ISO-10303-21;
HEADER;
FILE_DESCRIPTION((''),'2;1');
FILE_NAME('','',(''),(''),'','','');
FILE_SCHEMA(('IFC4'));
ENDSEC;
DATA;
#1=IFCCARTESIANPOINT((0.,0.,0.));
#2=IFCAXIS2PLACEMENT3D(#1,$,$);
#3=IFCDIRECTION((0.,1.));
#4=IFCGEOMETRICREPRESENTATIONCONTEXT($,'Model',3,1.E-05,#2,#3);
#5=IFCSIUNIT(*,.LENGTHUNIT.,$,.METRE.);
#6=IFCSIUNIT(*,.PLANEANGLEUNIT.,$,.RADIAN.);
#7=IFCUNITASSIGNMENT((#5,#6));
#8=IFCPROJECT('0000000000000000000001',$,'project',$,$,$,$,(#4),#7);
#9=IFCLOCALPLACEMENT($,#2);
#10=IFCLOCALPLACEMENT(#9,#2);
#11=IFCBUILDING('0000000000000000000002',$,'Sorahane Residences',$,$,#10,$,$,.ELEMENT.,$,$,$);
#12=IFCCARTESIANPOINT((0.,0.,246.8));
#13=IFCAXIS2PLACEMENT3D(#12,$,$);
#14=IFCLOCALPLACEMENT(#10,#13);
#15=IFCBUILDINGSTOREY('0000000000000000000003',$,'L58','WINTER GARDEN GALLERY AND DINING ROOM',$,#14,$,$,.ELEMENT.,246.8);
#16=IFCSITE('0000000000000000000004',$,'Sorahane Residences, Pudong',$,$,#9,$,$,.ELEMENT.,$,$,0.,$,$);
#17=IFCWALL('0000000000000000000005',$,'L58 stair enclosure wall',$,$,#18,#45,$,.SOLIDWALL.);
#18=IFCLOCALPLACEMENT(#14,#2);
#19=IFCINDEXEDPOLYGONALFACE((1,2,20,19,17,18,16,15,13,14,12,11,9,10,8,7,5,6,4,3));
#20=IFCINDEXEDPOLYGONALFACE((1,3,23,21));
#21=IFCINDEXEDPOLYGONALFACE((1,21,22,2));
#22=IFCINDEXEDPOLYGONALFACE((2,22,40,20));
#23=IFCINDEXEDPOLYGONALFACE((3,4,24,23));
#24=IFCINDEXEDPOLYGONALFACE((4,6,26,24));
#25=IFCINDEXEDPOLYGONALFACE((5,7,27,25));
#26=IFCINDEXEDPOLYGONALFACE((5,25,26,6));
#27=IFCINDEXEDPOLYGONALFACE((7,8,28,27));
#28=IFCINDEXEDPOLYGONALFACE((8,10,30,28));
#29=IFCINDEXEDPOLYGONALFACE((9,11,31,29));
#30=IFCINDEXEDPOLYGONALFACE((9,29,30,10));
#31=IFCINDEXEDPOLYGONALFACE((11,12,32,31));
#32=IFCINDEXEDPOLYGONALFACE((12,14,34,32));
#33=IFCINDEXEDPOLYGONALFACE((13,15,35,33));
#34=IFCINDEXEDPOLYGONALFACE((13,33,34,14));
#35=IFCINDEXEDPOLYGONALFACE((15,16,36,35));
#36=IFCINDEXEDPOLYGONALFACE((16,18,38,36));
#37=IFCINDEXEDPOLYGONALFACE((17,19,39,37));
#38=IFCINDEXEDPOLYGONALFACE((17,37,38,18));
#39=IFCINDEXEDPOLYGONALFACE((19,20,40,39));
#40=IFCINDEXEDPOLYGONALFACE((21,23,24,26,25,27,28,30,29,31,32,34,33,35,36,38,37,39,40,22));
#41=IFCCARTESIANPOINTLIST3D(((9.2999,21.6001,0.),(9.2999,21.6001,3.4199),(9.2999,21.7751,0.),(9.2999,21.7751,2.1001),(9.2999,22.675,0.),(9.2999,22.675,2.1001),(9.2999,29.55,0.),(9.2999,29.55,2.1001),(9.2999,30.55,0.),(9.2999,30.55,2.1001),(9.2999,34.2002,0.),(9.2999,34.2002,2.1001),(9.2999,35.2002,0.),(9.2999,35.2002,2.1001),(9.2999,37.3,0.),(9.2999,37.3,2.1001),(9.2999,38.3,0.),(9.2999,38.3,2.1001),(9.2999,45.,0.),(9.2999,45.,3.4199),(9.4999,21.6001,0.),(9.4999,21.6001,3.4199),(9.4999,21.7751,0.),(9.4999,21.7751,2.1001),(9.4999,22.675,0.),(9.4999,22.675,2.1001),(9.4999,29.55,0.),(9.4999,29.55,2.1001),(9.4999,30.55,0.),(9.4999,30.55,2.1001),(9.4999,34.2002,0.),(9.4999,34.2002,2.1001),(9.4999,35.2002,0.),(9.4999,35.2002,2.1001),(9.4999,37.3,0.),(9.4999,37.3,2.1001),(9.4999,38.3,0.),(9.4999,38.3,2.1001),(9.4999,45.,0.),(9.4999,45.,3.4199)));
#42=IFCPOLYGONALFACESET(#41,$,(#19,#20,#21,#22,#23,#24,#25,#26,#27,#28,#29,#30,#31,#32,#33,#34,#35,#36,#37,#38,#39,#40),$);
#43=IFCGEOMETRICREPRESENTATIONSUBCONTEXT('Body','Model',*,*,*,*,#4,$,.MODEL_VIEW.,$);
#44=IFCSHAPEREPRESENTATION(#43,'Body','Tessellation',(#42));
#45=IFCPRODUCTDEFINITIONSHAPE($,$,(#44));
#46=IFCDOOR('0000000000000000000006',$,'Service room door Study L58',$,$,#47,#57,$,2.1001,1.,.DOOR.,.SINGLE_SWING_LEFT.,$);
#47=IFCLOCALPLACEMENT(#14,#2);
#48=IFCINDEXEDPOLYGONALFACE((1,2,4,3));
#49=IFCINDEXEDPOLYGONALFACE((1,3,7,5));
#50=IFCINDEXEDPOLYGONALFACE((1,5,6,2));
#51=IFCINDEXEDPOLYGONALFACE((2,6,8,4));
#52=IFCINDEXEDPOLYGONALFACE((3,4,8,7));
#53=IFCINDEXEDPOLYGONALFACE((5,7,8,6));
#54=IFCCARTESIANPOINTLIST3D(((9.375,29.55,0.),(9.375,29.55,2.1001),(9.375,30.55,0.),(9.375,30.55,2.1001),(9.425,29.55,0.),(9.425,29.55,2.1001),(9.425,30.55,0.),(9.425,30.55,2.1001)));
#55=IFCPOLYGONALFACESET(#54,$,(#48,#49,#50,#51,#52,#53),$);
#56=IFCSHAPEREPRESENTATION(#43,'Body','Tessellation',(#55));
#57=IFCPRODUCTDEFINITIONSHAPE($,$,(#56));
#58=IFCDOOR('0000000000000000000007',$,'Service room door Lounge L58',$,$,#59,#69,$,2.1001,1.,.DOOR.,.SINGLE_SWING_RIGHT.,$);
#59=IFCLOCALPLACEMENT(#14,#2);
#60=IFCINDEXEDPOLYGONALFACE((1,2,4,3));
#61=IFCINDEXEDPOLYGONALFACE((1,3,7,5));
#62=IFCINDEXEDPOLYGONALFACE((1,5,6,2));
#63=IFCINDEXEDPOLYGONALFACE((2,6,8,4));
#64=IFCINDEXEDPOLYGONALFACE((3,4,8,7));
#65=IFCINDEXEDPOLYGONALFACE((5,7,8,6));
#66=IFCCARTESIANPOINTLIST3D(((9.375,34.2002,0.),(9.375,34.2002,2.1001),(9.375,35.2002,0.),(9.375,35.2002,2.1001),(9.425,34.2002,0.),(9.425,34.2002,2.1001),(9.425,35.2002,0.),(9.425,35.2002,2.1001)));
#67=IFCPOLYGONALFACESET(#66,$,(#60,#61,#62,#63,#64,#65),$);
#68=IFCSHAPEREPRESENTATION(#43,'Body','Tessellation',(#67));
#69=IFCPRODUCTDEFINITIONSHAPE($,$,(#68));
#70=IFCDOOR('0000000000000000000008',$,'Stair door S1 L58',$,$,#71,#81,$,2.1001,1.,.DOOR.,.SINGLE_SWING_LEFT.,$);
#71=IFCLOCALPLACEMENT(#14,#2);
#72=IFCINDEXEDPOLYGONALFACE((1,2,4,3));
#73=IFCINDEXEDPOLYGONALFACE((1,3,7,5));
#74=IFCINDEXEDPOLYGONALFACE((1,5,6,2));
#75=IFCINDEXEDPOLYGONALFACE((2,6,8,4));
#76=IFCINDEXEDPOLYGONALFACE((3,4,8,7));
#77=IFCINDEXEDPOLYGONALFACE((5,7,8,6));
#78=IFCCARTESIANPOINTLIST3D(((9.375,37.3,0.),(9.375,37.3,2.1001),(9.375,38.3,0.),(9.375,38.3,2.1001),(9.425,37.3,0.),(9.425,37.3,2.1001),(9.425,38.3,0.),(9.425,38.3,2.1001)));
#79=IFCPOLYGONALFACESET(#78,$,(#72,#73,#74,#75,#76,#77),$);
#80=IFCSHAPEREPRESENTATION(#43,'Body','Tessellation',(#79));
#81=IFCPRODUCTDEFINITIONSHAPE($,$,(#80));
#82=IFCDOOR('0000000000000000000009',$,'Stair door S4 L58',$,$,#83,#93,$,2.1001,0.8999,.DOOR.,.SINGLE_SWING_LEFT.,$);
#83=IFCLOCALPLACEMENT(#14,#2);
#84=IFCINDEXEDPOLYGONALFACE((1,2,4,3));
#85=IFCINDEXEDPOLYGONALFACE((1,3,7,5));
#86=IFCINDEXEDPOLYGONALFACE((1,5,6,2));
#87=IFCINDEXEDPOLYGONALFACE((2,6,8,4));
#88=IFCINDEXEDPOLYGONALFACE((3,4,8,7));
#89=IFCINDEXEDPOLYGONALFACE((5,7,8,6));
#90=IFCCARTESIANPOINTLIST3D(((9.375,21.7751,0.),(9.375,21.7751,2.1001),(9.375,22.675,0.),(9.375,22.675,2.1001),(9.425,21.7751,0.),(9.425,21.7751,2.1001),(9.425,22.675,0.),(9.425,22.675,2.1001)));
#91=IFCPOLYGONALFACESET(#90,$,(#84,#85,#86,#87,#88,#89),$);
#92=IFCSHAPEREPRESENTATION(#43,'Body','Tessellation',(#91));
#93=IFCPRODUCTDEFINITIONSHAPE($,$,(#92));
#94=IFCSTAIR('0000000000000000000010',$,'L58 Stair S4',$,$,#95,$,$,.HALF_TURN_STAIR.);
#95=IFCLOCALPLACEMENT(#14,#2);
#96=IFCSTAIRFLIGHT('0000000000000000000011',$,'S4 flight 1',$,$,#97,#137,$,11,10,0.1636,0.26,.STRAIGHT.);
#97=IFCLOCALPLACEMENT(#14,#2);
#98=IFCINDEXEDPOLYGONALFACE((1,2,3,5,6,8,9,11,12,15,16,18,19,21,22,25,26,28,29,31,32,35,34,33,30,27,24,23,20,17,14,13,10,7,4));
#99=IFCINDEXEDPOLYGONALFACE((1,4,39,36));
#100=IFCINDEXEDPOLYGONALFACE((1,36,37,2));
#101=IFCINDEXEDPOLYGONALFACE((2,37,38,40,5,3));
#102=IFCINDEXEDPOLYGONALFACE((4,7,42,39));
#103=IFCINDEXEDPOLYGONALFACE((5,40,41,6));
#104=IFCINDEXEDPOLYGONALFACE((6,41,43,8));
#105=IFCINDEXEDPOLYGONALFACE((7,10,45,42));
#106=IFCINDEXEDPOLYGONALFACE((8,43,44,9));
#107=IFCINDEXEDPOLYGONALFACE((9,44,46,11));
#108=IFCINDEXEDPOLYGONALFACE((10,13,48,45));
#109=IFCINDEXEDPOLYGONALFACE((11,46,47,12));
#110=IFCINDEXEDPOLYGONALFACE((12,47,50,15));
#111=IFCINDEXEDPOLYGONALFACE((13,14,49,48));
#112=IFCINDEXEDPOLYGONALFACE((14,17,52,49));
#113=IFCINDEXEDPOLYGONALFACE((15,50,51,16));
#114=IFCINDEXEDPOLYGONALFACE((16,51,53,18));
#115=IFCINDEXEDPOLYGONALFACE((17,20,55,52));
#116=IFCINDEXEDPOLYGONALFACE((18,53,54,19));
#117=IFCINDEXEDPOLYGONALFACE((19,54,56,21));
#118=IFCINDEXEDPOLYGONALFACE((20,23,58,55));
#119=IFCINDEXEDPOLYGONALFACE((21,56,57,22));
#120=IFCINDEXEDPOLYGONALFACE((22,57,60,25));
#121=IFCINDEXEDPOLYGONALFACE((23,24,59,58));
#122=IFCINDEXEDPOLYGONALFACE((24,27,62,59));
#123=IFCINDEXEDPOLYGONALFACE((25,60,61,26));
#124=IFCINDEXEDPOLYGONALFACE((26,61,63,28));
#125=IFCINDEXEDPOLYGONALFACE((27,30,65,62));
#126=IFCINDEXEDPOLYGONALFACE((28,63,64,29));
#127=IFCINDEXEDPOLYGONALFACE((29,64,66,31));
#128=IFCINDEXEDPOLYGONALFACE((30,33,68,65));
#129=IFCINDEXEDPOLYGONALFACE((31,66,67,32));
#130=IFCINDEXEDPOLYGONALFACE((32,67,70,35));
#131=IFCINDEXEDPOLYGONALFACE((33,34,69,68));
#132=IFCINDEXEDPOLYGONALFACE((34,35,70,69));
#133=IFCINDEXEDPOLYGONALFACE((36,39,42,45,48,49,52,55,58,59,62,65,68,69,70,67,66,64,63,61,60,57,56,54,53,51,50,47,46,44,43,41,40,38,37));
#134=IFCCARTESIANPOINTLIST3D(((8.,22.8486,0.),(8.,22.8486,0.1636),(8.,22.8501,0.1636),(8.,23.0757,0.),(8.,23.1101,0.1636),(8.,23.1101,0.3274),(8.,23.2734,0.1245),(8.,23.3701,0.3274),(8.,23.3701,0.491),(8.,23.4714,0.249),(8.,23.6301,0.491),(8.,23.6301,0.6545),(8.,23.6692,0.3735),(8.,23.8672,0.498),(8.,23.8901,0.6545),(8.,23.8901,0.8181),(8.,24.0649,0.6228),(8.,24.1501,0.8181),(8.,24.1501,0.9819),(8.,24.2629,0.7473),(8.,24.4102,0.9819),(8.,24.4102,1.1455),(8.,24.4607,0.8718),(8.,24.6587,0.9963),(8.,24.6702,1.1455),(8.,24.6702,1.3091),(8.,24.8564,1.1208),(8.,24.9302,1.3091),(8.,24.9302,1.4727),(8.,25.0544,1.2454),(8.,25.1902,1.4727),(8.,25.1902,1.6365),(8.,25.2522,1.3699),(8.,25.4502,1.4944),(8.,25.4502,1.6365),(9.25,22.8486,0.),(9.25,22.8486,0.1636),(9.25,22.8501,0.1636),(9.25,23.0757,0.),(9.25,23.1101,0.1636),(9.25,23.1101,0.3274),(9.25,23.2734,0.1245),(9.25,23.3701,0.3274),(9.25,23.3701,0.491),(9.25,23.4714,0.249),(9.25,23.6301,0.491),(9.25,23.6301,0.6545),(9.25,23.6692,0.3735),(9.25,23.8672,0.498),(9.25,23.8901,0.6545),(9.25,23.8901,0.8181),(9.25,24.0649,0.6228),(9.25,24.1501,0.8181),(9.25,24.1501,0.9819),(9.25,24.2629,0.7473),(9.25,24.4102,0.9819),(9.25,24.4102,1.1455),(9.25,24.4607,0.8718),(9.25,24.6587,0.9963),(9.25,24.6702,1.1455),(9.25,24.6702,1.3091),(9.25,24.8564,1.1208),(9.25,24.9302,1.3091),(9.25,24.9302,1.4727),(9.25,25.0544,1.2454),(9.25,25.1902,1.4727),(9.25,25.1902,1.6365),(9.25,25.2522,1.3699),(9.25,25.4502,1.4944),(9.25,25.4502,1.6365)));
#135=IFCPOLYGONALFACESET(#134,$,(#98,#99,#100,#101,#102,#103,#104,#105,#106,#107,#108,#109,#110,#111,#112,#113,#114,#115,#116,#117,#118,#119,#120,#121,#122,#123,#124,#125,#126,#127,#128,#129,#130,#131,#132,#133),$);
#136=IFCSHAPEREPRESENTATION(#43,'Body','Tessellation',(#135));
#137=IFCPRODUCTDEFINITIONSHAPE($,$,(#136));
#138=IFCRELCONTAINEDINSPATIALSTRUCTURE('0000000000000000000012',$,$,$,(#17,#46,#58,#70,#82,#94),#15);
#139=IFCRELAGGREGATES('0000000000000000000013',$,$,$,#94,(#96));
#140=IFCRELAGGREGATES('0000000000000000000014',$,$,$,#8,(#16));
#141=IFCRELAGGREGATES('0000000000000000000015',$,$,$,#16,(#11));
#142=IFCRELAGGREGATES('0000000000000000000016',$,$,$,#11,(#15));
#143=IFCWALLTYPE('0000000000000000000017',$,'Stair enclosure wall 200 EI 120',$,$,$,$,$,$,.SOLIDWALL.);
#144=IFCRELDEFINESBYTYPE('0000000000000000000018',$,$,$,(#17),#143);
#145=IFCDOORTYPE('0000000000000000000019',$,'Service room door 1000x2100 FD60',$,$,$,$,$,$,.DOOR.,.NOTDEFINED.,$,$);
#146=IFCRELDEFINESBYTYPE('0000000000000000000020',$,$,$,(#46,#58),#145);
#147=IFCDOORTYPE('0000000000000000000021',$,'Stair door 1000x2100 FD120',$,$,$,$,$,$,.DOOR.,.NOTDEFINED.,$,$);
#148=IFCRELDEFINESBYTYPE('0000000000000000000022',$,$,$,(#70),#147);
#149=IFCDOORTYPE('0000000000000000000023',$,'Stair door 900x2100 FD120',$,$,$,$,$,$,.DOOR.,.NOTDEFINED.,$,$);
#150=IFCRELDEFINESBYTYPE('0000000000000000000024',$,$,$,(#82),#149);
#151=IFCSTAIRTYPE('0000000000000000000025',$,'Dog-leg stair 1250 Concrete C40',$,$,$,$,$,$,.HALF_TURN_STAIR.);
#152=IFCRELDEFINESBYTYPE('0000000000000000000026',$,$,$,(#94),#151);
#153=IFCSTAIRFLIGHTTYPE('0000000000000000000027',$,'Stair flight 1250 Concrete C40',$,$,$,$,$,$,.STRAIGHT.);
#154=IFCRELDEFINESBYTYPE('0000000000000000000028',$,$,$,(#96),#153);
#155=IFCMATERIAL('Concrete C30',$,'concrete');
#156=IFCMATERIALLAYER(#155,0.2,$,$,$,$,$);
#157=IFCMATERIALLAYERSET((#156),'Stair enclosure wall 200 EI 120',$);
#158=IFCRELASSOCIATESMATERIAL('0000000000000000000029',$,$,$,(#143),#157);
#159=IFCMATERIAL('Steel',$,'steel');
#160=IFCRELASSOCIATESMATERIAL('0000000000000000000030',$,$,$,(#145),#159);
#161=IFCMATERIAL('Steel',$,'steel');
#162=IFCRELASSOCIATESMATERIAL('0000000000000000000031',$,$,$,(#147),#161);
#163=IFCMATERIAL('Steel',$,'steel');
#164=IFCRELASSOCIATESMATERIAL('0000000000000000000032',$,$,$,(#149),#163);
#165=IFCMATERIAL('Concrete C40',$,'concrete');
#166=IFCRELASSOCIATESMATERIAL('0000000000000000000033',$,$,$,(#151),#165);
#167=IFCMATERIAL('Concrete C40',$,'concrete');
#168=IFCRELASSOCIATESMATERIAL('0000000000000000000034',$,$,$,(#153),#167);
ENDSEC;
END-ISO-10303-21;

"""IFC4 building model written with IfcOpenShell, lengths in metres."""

from ifc_helpers import new_model, si_unit, direction, frame, frame_2d, origin, place, context, subcontext, project, spatial, polyline, rectangle, outline, extrude, material, layer, layer_set, type_object, element, fill, aggregate, save


model = new_model("IFC4")

# Units and contexts
model_context = context("Model", 3, precision=1e-05, world=origin(), true_north=direction((0.0, 1.0)))
body_context = subcontext(model_context, "Body", "Model", "MODEL_VIEW")
ifc_project = project(units=[si_unit("LENGTHUNIT", "METRE"), si_unit("PLANEANGLEUNIT", "RADIAN")], contexts=[model_context])

# Site, building, storey
site_placement = place(None, origin())
site = spatial("IfcSite", under=ifc_project, at=site_placement, Name="Sorahane Residences, Pudong", CompositionType="ELEMENT", RefElevation=0.0)
building_placement = place(site_placement, origin())
building = spatial("IfcBuilding", under=site, at=building_placement, Name="Sorahane Residences", CompositionType="ELEMENT")
storey_placement = place(building_placement, frame((0.0, 0.0, 246.8)))
storey = spatial("IfcBuildingStorey", under=building, at=storey_placement, Name="L58", Description="WINTER GARDEN GALLERY AND DINING ROOM", CompositionType="ELEMENT", Elevation=246.8)

# Wall, openings, doors
ifc_material_1 = material(Name="Concrete C30", Category="concrete")
ifc_layer_1 = layer(ifc_material_1, 0.2)
ifc_layer_set_1 = layer_set([ifc_layer_1], Name="Stair enclosure wall 200 EI 120")
wall_type_1 = type_object("IfcWallType", Name="Stair enclosure wall 200 EI 120", PredefinedType="SOLIDWALL", material=ifc_layer_set_1)
wall_1_placement = place(storey_placement, frame((9.3999, 21.6001, 0.0), z_axis=(0.0, 0.0, 1.0), x_axis=(0.0, 1.0, 0.0)))
wall_1 = element("IfcWall", 1, at=wall_1_placement, inside=storey, type_object=wall_type_1, Name="L58 stair enclosure wall", PredefinedType="SOLIDWALL", context=body_context, shape_type="SweptSolid", body=[
    extrude(rectangle(XDim=23.3999, YDim=0.2, at=frame_2d((11.7, 0.0))), origin(), (0.0, 0.0, 1.0), 3.4199),
])
opening_1_placement = place(wall_1_placement, frame((7.95, 0.0, 0.0)))
opening_1 = element("IfcOpeningElement", 2, at=opening_1_placement, cuts=wall_1, PredefinedType="OPENING", context=body_context, shape_type="SweptSolid", body=[
    extrude(rectangle(XDim=1.0, YDim=2.1001, at=frame_2d((0.5, 1.05))), frame((0.0, 0.1099, 0.0), z_axis=(0.0, -1.0, 0.0), x_axis=(1.0, 0.0, 0.0)), (0.0, 0.0, 1.0), 0.22),
])
opening_2_placement = place(wall_1_placement, frame((12.6001, 0.0, 0.0)))
opening_2 = element("IfcOpeningElement", 3, at=opening_2_placement, cuts=wall_1, PredefinedType="OPENING", context=body_context, shape_type="SweptSolid", body=[
    extrude(rectangle(XDim=1.0, YDim=2.1001, at=frame_2d((0.5, 1.05))), frame((0.0, 0.1099, 0.0), z_axis=(0.0, -1.0, 0.0), x_axis=(1.0, 0.0, 0.0)), (0.0, 0.0, 1.0), 0.22),
])
opening_3_placement = place(wall_1_placement, frame((15.7, 0.0, 0.0)))
opening_3 = element("IfcOpeningElement", 4, at=opening_3_placement, cuts=wall_1, PredefinedType="OPENING", context=body_context, shape_type="SweptSolid", body=[
    extrude(rectangle(XDim=1.0, YDim=2.1001, at=frame_2d((0.5, 1.05))), frame((0.0, 0.1099, 0.0), z_axis=(0.0, -1.0, 0.0), x_axis=(1.0, 0.0, 0.0)), (0.0, 0.0, 1.0), 0.22),
])
opening_4_placement = place(wall_1_placement, frame((0.175, 0.0, 0.0)))
opening_4 = element("IfcOpeningElement", 5, at=opening_4_placement, cuts=wall_1, PredefinedType="OPENING", context=body_context, shape_type="SweptSolid", body=[
    extrude(rectangle(XDim=0.8999, YDim=2.1001, at=frame_2d((0.45, 1.05))), frame((0.0, 0.1099, 0.0), z_axis=(0.0, -1.0, 0.0), x_axis=(1.0, 0.0, 0.0)), (0.0, 0.0, 1.0), 0.22),
])
ifc_material_2 = material(Name="Steel", Category="steel")
door_type_1 = type_object("IfcDoorType", Name="Service room door 1000x2100 FD60", OperationType="NOTDEFINED", PredefinedType="DOOR", material=ifc_material_2)
door_1_placement = place(opening_1_placement, origin())
door_1 = element("IfcDoor", 6, at=door_1_placement, inside=storey, type_object=door_type_1, Name="Service room door Study L58", OperationType="SINGLE_SWING_LEFT", OverallHeight=2.1001, OverallWidth=1.0, PredefinedType="DOOR", context=body_context, shape_type="SweptSolid", body=[
    extrude(rectangle(XDim=1.0, YDim=2.1001, at=frame_2d((0.5, 1.05))), frame((0.0, 0.0249, 0.0), z_axis=(0.0, -1.0, 0.0), x_axis=(1.0, 0.0, 0.0)), (0.0, 0.0, 1.0), 0.05),
])
fill(opening_1, door_1)
door_2_placement = place(opening_2_placement, origin())
door_2 = element("IfcDoor", 7, at=door_2_placement, inside=storey, type_object=door_type_1, Name="Service room door Lounge L58", OperationType="SINGLE_SWING_RIGHT", OverallHeight=2.1001, OverallWidth=1.0, PredefinedType="DOOR", context=body_context, shape_type="SweptSolid", body=[
    extrude(rectangle(XDim=1.0, YDim=2.1001, at=frame_2d((0.5, 1.05))), frame((0.0, 0.0249, 0.0), z_axis=(0.0, -1.0, 0.0), x_axis=(1.0, 0.0, 0.0)), (0.0, 0.0, 1.0), 0.05),
])
fill(opening_2, door_2)
ifc_material_3 = material(Name="Steel", Category="steel")
door_type_2 = type_object("IfcDoorType", Name="Stair door 1000x2100 FD120", OperationType="NOTDEFINED", PredefinedType="DOOR", material=ifc_material_3)
door_3_placement = place(opening_3_placement, origin())
door_3 = element("IfcDoor", 8, at=door_3_placement, inside=storey, type_object=door_type_2, Name="Stair door S1 L58", OperationType="SINGLE_SWING_LEFT", OverallHeight=2.1001, OverallWidth=1.0, PredefinedType="DOOR", context=body_context, shape_type="SweptSolid", body=[
    extrude(rectangle(XDim=1.0, YDim=2.1001, at=frame_2d((0.5, 1.05))), frame((0.0, 0.0249, 0.0), z_axis=(0.0, -1.0, 0.0), x_axis=(1.0, 0.0, 0.0)), (0.0, 0.0, 1.0), 0.05),
])
fill(opening_3, door_3)
ifc_material_4 = material(Name="Steel", Category="steel")
door_type_3 = type_object("IfcDoorType", Name="Stair door 900x2100 FD120", OperationType="NOTDEFINED", PredefinedType="DOOR", material=ifc_material_4)
door_4_placement = place(opening_4_placement, origin())
door_4 = element("IfcDoor", 9, at=door_4_placement, inside=storey, type_object=door_type_3, Name="Stair door S4 L58", OperationType="SINGLE_SWING_LEFT", OverallHeight=2.1001, OverallWidth=0.8999, PredefinedType="DOOR", context=body_context, shape_type="SweptSolid", body=[
    extrude(rectangle(XDim=0.8999, YDim=2.1001, at=frame_2d((0.45, 1.05))), frame((0.0, 0.0249, 0.0), z_axis=(0.0, -1.0, 0.0), x_axis=(1.0, 0.0, 0.0)), (0.0, 0.0, 1.0), 0.05),
])
fill(opening_4, door_4)

# Stair, stair flight
ifc_material_5 = material(Name="Concrete C40", Category="concrete")
stair_type = type_object("IfcStairType", Name="Dog-leg stair 1250 Concrete C40", PredefinedType="HALF_TURN_STAIR", material=ifc_material_5)
stair_placement = place(storey_placement, origin())
stair = element("IfcStair", 10, at=stair_placement, inside=storey, type_object=stair_type, Name="L58 Stair S4", PredefinedType="HALF_TURN_STAIR")
ifc_material_6 = material(Name="Concrete C40", Category="concrete")
stair_flight_type = type_object("IfcStairFlightType", Name="Stair flight 1250 Concrete C40", PredefinedType="STRAIGHT", material=ifc_material_6)
stair_flight_placement = place(storey_placement, frame((8.625, 22.8501, 0.0), z_axis=(0.0, 0.0, 1.0), x_axis=(0.0, 1.0, 0.0)))
stair_flight = element("IfcStairFlight", 11, at=stair_flight_placement, type_object=stair_flight_type, Name="S4 flight 1", NumberOfRisers=11, NumberOfTreads=10, PredefinedType="STRAIGHT", RiserHeight=0.1636, TreadLength=0.26, context=body_context, shape_type="SweptSolid", body=[
    extrude(outline(polyline([(-0.0015, 0.0), (-0.0015, 0.1636), (0.0, 0.1636), (0.26, 0.1636), (0.26, 0.3274), (0.52, 0.3274), (0.52, 0.491), (0.78, 0.491), (0.78, 0.6545), (1.04, 0.6545), (1.04, 0.8181), (1.3, 0.8181), (1.3, 0.9819), (1.5601, 0.9819), (1.5601, 1.1455), (1.8201, 1.1455), (1.8201, 1.3091), (2.0801, 1.3091), (2.0801, 1.4727), (2.3401, 1.4727), (2.3401, 1.6365), (2.6001, 1.6365), (2.6001, 1.8), (2.6001, 1.4944), (2.4021, 1.3699), (2.2043, 1.2454), (2.0063, 1.1208), (1.8086, 0.9963), (1.6106, 0.8718), (1.4128, 0.7473), (1.2148, 0.6228), (1.0171, 0.498), (0.8191, 0.3735), (0.6213, 0.249), (0.4233, 0.1245), (0.2256, 0.0), (-0.0015, 0.0)])), frame((0.0, 0.625, 0.0), z_axis=(0.0, -1.0, 0.0), x_axis=(1.0, 0.0, 0.0)), (0.0, 0.0, 1.0), 1.25),
])
aggregate(stair, [stair_flight])

save(model, "model.ifc")
